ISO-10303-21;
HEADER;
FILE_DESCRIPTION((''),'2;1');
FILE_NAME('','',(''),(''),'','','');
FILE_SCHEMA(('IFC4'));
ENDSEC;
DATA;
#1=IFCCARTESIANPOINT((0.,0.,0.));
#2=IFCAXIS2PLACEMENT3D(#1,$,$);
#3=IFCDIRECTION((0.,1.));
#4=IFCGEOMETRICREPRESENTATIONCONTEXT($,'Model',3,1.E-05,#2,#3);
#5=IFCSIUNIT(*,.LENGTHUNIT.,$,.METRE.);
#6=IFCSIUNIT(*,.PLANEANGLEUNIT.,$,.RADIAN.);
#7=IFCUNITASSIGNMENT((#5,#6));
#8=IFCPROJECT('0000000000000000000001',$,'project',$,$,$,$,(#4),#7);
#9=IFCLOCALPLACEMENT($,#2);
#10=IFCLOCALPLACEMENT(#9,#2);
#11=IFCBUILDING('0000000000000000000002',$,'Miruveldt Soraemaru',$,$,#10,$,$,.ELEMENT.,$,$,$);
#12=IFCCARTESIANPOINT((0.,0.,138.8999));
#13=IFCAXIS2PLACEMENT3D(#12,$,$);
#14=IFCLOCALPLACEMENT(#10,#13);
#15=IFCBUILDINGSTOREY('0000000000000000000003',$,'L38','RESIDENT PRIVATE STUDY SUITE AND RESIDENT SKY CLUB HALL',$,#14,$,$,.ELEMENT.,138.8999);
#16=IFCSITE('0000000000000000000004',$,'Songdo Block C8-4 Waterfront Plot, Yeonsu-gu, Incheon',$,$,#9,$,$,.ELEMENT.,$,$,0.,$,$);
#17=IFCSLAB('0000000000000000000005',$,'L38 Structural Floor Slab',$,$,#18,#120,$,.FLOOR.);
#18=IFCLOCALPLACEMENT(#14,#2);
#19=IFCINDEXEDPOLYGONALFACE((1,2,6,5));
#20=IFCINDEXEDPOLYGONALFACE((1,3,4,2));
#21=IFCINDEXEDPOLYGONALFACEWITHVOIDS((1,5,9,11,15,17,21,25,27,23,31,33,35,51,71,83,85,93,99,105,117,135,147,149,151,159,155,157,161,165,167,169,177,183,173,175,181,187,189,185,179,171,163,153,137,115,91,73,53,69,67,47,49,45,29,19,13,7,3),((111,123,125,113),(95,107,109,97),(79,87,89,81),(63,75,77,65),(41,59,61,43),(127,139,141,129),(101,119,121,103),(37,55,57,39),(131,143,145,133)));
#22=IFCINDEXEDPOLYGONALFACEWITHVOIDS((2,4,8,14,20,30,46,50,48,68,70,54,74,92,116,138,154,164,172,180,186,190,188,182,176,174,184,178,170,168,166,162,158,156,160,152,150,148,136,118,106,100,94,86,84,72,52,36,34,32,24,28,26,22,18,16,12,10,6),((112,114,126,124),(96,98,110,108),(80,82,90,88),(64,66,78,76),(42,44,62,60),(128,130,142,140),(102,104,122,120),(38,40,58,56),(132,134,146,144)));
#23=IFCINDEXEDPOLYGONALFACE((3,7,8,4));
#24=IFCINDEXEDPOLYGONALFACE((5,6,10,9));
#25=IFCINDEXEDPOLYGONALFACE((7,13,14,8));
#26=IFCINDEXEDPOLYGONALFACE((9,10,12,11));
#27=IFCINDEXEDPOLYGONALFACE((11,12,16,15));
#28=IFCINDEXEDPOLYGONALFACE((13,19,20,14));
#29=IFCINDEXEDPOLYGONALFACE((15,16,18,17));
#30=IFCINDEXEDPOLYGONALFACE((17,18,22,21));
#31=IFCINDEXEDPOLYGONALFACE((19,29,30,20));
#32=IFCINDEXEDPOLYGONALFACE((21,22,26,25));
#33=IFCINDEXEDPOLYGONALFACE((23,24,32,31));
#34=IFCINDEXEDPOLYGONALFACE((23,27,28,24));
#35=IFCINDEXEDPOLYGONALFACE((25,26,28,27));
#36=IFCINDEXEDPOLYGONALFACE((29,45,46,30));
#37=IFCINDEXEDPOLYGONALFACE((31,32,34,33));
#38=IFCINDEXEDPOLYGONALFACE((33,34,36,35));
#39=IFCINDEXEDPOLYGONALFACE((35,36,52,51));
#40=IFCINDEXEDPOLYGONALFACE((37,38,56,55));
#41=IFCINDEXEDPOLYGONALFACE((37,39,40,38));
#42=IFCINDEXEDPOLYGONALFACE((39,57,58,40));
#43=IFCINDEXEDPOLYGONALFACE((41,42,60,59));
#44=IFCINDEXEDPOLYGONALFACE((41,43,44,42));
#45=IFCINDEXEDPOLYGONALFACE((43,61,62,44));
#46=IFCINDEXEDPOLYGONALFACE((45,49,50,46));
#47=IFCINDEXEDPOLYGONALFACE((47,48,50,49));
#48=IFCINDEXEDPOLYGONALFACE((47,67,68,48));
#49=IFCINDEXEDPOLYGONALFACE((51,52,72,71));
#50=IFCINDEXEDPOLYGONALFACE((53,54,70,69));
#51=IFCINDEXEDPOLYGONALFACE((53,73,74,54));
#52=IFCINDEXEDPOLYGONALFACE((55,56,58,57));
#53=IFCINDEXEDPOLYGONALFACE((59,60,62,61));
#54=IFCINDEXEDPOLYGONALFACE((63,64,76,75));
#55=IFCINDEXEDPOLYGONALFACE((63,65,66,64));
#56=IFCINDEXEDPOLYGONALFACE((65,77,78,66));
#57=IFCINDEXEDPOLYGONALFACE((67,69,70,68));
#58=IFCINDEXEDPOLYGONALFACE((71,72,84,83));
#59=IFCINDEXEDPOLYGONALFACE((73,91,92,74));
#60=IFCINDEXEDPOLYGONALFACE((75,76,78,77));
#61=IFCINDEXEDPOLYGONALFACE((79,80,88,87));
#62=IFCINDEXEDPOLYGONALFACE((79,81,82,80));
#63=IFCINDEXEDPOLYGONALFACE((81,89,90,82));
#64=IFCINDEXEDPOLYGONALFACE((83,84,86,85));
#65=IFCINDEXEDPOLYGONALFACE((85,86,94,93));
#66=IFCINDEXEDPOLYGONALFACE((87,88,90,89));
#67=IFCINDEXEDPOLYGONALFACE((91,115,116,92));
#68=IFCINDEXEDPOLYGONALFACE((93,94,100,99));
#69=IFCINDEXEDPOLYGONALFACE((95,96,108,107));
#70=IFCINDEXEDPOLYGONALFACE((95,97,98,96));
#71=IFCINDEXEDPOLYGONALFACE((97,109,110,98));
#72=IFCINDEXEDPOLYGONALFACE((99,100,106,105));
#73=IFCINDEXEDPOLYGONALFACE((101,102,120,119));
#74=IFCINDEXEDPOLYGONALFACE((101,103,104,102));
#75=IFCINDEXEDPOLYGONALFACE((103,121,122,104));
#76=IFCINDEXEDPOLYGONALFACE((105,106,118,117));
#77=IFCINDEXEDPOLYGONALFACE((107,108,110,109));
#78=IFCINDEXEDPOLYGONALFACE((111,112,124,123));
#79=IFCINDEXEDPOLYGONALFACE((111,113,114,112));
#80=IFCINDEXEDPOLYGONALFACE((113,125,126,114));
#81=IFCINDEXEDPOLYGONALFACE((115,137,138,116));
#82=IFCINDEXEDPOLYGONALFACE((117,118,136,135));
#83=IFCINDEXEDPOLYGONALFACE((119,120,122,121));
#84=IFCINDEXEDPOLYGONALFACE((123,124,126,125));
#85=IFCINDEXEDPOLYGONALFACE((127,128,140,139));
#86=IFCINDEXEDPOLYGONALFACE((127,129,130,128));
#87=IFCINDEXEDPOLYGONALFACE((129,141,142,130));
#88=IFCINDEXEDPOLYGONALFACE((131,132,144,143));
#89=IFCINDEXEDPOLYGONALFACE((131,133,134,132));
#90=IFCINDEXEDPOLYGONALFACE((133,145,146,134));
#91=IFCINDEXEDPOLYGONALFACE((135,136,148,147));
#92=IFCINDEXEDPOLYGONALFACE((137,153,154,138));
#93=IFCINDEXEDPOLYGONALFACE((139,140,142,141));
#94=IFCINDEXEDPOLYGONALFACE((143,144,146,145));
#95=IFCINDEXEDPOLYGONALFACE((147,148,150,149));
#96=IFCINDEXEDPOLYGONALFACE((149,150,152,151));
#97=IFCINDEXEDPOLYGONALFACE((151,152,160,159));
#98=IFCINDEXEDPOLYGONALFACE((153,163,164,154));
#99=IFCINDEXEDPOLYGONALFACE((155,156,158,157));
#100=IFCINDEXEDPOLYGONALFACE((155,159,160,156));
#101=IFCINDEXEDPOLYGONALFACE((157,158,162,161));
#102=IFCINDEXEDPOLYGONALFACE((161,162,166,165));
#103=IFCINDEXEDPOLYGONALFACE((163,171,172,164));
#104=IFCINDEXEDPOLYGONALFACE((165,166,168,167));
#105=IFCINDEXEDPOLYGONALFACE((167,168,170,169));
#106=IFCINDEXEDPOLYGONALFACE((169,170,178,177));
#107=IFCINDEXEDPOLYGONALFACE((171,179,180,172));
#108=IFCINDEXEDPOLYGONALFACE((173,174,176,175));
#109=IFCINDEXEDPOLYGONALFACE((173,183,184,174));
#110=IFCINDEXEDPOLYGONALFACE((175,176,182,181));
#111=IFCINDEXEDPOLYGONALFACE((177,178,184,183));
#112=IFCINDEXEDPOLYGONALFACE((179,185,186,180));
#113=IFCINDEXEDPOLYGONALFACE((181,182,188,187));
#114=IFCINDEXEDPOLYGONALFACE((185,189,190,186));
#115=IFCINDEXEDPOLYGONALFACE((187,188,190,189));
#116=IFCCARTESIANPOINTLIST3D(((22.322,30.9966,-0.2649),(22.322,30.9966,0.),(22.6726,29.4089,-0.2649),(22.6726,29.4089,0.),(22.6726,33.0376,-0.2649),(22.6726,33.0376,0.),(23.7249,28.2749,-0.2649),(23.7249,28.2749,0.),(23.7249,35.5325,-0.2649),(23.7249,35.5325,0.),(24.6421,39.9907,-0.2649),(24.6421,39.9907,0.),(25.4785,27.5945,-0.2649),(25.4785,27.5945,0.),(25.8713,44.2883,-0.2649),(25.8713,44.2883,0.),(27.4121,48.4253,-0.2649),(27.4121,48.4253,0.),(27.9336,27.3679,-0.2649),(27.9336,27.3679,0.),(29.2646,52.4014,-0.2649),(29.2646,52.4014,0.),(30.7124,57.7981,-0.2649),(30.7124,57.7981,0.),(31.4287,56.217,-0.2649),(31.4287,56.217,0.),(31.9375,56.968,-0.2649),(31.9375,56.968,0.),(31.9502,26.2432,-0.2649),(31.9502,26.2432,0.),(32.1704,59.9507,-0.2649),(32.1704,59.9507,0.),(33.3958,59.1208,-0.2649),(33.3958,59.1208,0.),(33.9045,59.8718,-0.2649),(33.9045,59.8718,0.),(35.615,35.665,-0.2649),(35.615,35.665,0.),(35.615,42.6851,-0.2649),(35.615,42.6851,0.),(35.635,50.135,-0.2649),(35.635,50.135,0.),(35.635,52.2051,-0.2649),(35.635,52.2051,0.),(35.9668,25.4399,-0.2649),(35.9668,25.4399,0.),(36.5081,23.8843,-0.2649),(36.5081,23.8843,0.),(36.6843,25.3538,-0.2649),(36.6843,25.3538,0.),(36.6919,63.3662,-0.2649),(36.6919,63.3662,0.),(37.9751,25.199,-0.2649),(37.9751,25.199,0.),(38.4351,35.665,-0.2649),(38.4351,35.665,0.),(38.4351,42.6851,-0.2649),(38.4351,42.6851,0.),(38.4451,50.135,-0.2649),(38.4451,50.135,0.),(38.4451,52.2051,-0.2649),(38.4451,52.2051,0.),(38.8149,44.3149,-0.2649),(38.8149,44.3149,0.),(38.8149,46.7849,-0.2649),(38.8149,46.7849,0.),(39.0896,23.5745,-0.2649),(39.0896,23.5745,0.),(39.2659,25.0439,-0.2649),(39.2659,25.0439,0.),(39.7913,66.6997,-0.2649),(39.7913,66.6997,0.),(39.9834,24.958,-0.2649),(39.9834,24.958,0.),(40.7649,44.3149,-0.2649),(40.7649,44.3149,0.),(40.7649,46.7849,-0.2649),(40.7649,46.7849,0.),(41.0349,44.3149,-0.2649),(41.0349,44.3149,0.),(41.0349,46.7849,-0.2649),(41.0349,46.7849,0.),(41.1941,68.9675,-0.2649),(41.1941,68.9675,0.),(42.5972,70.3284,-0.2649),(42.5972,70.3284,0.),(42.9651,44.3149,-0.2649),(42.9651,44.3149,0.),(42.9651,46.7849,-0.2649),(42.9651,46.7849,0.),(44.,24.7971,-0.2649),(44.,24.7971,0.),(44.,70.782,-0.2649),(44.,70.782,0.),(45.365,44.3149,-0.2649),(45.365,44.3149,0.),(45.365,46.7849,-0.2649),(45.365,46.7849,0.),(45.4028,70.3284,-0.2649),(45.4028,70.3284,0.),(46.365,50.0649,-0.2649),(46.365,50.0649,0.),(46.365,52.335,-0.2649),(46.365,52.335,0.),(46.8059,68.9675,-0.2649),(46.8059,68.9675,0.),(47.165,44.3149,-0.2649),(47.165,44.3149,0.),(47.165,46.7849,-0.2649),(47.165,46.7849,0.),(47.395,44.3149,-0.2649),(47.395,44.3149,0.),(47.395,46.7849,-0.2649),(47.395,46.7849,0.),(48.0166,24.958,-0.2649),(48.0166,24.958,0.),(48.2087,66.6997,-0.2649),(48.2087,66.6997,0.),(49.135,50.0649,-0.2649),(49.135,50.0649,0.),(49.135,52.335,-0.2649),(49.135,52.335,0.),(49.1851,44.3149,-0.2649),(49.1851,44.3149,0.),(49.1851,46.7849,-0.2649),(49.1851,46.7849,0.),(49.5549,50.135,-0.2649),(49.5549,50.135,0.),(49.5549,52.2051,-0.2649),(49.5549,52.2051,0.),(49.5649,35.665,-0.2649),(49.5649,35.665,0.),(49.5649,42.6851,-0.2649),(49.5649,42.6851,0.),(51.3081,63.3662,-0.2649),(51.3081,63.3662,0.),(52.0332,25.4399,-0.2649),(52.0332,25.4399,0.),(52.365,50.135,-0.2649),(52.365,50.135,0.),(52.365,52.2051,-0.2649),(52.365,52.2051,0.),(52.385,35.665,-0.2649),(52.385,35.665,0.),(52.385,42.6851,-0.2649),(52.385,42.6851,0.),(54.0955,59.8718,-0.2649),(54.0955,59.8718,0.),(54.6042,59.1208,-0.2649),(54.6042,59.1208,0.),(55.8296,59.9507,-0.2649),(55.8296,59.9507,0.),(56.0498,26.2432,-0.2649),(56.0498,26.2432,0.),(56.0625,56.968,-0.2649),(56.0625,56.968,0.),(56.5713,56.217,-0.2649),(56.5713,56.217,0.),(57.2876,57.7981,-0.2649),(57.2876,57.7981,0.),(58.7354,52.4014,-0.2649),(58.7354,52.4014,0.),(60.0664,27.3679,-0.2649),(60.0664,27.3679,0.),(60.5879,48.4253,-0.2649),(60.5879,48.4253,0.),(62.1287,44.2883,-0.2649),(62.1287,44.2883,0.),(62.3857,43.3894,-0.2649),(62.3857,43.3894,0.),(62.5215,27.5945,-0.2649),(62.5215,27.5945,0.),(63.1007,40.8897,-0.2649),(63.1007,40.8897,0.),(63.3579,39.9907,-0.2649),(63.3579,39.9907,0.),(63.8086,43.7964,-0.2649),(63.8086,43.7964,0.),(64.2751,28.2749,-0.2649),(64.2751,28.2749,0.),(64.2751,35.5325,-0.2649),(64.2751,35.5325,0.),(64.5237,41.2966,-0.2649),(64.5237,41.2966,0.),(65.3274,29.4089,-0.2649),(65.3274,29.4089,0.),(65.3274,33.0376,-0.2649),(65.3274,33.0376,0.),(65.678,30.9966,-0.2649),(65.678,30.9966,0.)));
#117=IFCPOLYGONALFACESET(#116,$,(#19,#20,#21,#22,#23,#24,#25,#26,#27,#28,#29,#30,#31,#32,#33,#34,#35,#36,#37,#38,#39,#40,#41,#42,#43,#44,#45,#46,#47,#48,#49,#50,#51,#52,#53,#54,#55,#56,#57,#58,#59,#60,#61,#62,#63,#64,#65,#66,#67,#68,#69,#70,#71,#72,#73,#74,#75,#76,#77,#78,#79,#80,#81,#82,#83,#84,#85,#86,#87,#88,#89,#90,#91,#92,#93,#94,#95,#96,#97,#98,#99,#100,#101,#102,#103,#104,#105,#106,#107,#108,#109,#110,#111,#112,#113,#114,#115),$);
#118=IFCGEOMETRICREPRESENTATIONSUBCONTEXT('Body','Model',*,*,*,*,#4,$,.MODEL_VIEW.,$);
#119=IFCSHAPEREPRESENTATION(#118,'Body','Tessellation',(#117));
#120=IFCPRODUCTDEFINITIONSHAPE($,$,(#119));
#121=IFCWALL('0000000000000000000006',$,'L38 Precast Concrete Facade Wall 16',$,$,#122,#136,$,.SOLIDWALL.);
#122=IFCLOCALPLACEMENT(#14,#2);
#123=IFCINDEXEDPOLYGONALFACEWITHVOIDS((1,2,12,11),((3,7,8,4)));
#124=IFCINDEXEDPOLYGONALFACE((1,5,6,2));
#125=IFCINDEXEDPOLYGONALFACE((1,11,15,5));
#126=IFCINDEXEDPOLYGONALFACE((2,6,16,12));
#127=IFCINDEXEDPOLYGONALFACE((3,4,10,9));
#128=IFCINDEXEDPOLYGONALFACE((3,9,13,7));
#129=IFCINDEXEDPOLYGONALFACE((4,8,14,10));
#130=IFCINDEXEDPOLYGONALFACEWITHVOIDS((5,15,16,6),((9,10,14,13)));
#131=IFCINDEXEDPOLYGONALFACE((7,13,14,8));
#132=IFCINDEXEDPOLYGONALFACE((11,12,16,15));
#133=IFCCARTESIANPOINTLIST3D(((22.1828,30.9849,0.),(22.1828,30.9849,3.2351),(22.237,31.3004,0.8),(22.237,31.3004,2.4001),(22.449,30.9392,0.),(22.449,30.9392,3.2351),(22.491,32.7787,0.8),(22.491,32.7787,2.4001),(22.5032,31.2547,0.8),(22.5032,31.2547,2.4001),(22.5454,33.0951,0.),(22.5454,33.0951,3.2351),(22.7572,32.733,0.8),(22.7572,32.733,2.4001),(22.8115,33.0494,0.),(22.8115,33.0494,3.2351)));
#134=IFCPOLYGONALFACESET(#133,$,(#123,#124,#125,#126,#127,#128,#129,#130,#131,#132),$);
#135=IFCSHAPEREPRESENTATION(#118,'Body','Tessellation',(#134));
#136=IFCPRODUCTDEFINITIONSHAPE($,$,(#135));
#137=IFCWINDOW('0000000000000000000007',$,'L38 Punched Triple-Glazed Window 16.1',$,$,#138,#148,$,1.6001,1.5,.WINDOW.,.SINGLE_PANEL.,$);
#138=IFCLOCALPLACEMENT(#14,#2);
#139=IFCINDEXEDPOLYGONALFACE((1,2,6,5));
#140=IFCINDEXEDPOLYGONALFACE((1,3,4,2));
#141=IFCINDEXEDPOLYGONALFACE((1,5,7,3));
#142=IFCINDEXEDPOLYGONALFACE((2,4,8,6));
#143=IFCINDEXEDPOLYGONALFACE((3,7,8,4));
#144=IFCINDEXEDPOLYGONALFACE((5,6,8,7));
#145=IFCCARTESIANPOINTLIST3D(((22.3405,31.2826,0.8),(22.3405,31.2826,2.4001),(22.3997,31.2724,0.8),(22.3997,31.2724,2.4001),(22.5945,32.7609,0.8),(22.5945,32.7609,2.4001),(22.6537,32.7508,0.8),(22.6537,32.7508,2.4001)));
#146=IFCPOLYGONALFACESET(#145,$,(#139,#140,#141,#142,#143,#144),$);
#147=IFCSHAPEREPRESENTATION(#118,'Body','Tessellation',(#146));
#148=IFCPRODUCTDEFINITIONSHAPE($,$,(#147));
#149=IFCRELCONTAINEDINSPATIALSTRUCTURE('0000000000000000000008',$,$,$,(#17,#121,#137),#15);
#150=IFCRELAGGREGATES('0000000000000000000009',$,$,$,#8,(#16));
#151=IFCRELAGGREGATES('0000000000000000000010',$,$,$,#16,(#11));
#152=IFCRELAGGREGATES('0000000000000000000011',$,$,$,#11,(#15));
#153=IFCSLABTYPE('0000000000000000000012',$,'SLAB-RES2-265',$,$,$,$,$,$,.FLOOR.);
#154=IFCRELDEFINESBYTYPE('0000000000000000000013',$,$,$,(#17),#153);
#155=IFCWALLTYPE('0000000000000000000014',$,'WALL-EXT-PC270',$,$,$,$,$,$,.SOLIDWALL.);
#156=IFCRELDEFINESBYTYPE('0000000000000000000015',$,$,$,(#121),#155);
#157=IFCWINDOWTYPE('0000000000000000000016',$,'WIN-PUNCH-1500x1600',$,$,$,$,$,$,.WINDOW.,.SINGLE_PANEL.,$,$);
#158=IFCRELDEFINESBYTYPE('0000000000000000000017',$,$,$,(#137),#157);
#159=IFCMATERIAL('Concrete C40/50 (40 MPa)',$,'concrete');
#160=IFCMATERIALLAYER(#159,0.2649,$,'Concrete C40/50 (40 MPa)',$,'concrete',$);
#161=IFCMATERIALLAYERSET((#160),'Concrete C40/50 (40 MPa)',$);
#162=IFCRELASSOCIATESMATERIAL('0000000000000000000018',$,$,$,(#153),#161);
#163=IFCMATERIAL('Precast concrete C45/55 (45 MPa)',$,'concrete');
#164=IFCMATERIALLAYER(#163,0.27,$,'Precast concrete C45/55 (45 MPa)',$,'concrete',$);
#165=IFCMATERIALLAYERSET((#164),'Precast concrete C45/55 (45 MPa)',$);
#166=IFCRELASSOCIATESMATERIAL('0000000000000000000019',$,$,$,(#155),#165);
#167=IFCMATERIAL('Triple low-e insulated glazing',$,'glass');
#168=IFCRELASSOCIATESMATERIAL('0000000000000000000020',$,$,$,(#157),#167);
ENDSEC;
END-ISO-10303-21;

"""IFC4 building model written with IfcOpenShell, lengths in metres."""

from ifc_helpers import new_model, si_unit, direction, frame, frame_2d, origin, place, context, subcontext, project, spatial, polyline, rectangle, outline, extrude, material, layer, layer_set, type_object, element, fill, save


model = new_model("IFC4")

# Units and contexts
model_context = context("Model", 3, precision=1e-05, world=origin(), true_north=direction((0.0, 1.0)))
body_context = subcontext(model_context, "Body", "Model", "MODEL_VIEW")
ifc_project = project(units=[si_unit("LENGTHUNIT", "METRE"), si_unit("PLANEANGLEUNIT", "RADIAN")], contexts=[model_context])

# Site, building, storey
site_placement = place(None, origin())
site = spatial("IfcSite", under=ifc_project, at=site_placement, Name="Songdo Block C8-4 Waterfront Plot, Yeonsu-gu, Incheon", CompositionType="ELEMENT", RefElevation=0.0)
building_placement = place(site_placement, origin())
building = spatial("IfcBuilding", under=site, at=building_placement, Name="Miruveldt Soraemaru", CompositionType="ELEMENT")
storey_placement = place(building_placement, frame((0.0, 0.0, 138.8999)))
storey = spatial("IfcBuildingStorey", under=building, at=storey_placement, Name="L38", Description="RESIDENT PRIVATE STUDY SUITE AND RESIDENT SKY CLUB HALL", CompositionType="ELEMENT", Elevation=138.8999)

# Shared definitions
ifc_material_1 = material(Name="Concrete C40/50 (40 MPa)", Category="concrete")

# Slab
ifc_layer_1 = layer(ifc_material_1, 0.2649, Name="Concrete C40/50 (40 MPa)", Category="concrete")
ifc_layer_set_1 = layer_set([ifc_layer_1], Name="Concrete C40/50 (40 MPa)")
slab_type_1 = type_object("IfcSlabType", Name="SLAB-RES2-265", PredefinedType="FLOOR", material=ifc_layer_set_1)
slab_1_placement = place(storey_placement, frame((0.0, 0.0, -0.2649)))
element("IfcSlab", 1, at=slab_1_placement, inside=storey, type_object=slab_type_1, Name="L38 Structural Floor Slab", PredefinedType="FLOOR", context=body_context, shape_type="SweptSolid", body=[
    extrude(outline(polyline([(36.5081, 23.8843), (36.6843, 25.3538), (35.9668, 25.4399), (31.9502, 26.2432), (27.9336, 27.3679), (25.4785, 27.5945), (23.7249, 28.2749), (22.6726, 29.4089), (22.322, 30.9966), (22.6726, 33.0376), (23.7249, 35.5325), (24.6421, 39.9907), (25.8713, 44.2883), (27.4121, 48.4253), (29.2646, 52.4014), (31.4287, 56.217), (31.9375, 56.968), (30.7124, 57.7981), (32.1704, 59.9507), (33.3958, 59.1208), (32.6667, 58.0444), (33.9045, 59.8718), (36.6919, 63.3662), (39.7913, 66.6997), (41.1941, 68.9675), (42.5972, 70.3284), (44.0, 70.782), (45.4028, 70.3284), (46.8059, 68.9675), (48.2087, 66.6997), (51.3081, 63.3662), (54.0955, 59.8718), (55.3333, 58.0444), (54.6042, 59.1208), (55.8296, 59.9507), (57.2876, 57.7981), (56.0625, 56.968), (56.5713, 56.217), (58.7354, 52.4014), (60.5879, 48.4253), (62.1287, 44.2883), (62.3857, 43.3894), (63.8086, 43.7964), (64.5237, 41.2966), (63.1006, 40.8896), (62.7432, 42.1394), (63.3579, 39.9907), (64.2751, 35.5325), (65.3274, 33.0376), (65.678, 30.9966), (65.3274, 29.4089), (64.2751, 28.2749), (62.5215, 27.5945), (60.0664, 27.3679), (56.0498, 26.2432), (52.0332, 25.4399), (48.0166, 24.958), (44.0, 24.7971), (39.9834, 24.958), (37.9751, 25.199), (39.2659, 25.0439), (39.0896, 23.5745), (36.5081, 23.8843)]), holes=[polyline([(35.615, 35.665), (38.4351, 35.665), (38.4351, 42.6851), (35.615, 42.6851), (35.615, 35.665)]), polyline([(49.5649, 35.665), (52.385, 35.665), (52.385, 42.6851), (49.5649, 42.6851), (49.5649, 35.665)]), polyline([(40.7649, 44.3149), (40.7649, 46.7849), (38.8149, 46.7849), (38.8149, 44.3149), (40.7649, 44.3149)]), polyline([(42.9651, 44.3149), (42.9651, 46.7849), (41.0349, 46.7849), (41.0349, 44.3149), (42.9651, 44.3149)]), polyline([(47.165, 44.3149), (47.165, 46.7849), (45.365, 46.7849), (45.365, 44.3149), (47.165, 44.3149)]), polyline([(49.1851, 44.3149), (49.1851, 46.7849), (47.395, 46.7849), (47.395, 44.3149), (49.1851, 44.3149)]), polyline([(38.4451, 50.135), (38.4451, 52.2051), (35.635, 52.2051), (35.635, 50.135), (38.4451, 50.135)]), polyline([(49.5549, 50.135), (52.365, 50.135), (52.365, 52.2051), (49.5549, 52.2051), (49.5549, 50.135)]), polyline([(46.365, 50.0649), (49.135, 50.0649), (49.135, 52.335), (46.365, 52.335), (46.365, 50.0649)])]), origin(), (0.0, 0.0, 1.0), 0.2649),
])

# Wall, opening, window
ifc_material_2 = material(Name="Precast concrete C45/55 (45 MPa)", Category="concrete")
ifc_layer_2 = layer(ifc_material_2, 0.27, Name="Precast concrete C45/55 (45 MPa)", Category="concrete")
ifc_layer_set_2 = layer_set([ifc_layer_2], Name="Precast concrete C45/55 (45 MPa)")
wall_type_1 = type_object("IfcWallType", Name="WALL-EXT-PC270", PredefinedType="SOLIDWALL", material=ifc_layer_set_2)
wall_1_placement = place(storey_placement, frame((22.6785, 33.0723, 0.0), z_axis=(0.0, 0.0, 1.0), x_axis=(-0.169334, -0.985559, 0.0)))
wall_1 = element("IfcWall", 2, at=wall_1_placement, inside=storey, type_object=wall_type_1, Name="L38 Precast Concrete Facade Wall 16", PredefinedType="SOLIDWALL", context=body_context, shape_type="SweptSolid", body=[
    extrude(rectangle(XDim=2.1411, YDim=0.27, at=frame_2d((1.0706, 0.0))), origin(), (0.0, 0.0, 1.0), 3.2351),
])
opening_1_placement = place(wall_1_placement, frame((0.321, 0.0, 0.8)))
opening_1 = element("IfcOpeningElement", 3, at=opening_1_placement, cuts=wall_1, PredefinedType="OPENING", context=body_context, shape_type="SweptSolid", body=[
    extrude(rectangle(XDim=1.5, YDim=1.6001, at=frame_2d((0.75, 0.8))), frame((0.0, 0.145, 0.0), z_axis=(0.0, -1.0, 0.0), x_axis=(1.0, 0.0, 0.0)), (0.0, 0.0, 1.0), 0.29),
])
ifc_material_3 = material(Name="Triple low-e insulated glazing", Category="glass")
window_type_1 = type_object("IfcWindowType", Name="WIN-PUNCH-1500x1600", PartitioningType="SINGLE_PANEL", PredefinedType="WINDOW", material=ifc_material_3)
window_1_placement = place(opening_1_placement, origin())
window_1 = element("IfcWindow", 4, at=window_1_placement, inside=storey, type_object=window_type_1, Name="L38 Punched Triple-Glazed Window 16.1", OverallHeight=1.6001, OverallWidth=1.5, PartitioningType="SINGLE_PANEL", PredefinedType="WINDOW", context=body_context, shape_type="SweptSolid", body=[
    extrude(rectangle(XDim=1.5, YDim=1.6001, at=frame_2d((0.75, 0.8))), frame((0.0, 0.03, 0.0), z_axis=(0.0, -1.0, 0.0), x_axis=(1.0, 0.0, 0.0)), (0.0, 0.0, 1.0), 0.0601),
])
fill(opening_1, window_1)

save(model, "model.ifc")
